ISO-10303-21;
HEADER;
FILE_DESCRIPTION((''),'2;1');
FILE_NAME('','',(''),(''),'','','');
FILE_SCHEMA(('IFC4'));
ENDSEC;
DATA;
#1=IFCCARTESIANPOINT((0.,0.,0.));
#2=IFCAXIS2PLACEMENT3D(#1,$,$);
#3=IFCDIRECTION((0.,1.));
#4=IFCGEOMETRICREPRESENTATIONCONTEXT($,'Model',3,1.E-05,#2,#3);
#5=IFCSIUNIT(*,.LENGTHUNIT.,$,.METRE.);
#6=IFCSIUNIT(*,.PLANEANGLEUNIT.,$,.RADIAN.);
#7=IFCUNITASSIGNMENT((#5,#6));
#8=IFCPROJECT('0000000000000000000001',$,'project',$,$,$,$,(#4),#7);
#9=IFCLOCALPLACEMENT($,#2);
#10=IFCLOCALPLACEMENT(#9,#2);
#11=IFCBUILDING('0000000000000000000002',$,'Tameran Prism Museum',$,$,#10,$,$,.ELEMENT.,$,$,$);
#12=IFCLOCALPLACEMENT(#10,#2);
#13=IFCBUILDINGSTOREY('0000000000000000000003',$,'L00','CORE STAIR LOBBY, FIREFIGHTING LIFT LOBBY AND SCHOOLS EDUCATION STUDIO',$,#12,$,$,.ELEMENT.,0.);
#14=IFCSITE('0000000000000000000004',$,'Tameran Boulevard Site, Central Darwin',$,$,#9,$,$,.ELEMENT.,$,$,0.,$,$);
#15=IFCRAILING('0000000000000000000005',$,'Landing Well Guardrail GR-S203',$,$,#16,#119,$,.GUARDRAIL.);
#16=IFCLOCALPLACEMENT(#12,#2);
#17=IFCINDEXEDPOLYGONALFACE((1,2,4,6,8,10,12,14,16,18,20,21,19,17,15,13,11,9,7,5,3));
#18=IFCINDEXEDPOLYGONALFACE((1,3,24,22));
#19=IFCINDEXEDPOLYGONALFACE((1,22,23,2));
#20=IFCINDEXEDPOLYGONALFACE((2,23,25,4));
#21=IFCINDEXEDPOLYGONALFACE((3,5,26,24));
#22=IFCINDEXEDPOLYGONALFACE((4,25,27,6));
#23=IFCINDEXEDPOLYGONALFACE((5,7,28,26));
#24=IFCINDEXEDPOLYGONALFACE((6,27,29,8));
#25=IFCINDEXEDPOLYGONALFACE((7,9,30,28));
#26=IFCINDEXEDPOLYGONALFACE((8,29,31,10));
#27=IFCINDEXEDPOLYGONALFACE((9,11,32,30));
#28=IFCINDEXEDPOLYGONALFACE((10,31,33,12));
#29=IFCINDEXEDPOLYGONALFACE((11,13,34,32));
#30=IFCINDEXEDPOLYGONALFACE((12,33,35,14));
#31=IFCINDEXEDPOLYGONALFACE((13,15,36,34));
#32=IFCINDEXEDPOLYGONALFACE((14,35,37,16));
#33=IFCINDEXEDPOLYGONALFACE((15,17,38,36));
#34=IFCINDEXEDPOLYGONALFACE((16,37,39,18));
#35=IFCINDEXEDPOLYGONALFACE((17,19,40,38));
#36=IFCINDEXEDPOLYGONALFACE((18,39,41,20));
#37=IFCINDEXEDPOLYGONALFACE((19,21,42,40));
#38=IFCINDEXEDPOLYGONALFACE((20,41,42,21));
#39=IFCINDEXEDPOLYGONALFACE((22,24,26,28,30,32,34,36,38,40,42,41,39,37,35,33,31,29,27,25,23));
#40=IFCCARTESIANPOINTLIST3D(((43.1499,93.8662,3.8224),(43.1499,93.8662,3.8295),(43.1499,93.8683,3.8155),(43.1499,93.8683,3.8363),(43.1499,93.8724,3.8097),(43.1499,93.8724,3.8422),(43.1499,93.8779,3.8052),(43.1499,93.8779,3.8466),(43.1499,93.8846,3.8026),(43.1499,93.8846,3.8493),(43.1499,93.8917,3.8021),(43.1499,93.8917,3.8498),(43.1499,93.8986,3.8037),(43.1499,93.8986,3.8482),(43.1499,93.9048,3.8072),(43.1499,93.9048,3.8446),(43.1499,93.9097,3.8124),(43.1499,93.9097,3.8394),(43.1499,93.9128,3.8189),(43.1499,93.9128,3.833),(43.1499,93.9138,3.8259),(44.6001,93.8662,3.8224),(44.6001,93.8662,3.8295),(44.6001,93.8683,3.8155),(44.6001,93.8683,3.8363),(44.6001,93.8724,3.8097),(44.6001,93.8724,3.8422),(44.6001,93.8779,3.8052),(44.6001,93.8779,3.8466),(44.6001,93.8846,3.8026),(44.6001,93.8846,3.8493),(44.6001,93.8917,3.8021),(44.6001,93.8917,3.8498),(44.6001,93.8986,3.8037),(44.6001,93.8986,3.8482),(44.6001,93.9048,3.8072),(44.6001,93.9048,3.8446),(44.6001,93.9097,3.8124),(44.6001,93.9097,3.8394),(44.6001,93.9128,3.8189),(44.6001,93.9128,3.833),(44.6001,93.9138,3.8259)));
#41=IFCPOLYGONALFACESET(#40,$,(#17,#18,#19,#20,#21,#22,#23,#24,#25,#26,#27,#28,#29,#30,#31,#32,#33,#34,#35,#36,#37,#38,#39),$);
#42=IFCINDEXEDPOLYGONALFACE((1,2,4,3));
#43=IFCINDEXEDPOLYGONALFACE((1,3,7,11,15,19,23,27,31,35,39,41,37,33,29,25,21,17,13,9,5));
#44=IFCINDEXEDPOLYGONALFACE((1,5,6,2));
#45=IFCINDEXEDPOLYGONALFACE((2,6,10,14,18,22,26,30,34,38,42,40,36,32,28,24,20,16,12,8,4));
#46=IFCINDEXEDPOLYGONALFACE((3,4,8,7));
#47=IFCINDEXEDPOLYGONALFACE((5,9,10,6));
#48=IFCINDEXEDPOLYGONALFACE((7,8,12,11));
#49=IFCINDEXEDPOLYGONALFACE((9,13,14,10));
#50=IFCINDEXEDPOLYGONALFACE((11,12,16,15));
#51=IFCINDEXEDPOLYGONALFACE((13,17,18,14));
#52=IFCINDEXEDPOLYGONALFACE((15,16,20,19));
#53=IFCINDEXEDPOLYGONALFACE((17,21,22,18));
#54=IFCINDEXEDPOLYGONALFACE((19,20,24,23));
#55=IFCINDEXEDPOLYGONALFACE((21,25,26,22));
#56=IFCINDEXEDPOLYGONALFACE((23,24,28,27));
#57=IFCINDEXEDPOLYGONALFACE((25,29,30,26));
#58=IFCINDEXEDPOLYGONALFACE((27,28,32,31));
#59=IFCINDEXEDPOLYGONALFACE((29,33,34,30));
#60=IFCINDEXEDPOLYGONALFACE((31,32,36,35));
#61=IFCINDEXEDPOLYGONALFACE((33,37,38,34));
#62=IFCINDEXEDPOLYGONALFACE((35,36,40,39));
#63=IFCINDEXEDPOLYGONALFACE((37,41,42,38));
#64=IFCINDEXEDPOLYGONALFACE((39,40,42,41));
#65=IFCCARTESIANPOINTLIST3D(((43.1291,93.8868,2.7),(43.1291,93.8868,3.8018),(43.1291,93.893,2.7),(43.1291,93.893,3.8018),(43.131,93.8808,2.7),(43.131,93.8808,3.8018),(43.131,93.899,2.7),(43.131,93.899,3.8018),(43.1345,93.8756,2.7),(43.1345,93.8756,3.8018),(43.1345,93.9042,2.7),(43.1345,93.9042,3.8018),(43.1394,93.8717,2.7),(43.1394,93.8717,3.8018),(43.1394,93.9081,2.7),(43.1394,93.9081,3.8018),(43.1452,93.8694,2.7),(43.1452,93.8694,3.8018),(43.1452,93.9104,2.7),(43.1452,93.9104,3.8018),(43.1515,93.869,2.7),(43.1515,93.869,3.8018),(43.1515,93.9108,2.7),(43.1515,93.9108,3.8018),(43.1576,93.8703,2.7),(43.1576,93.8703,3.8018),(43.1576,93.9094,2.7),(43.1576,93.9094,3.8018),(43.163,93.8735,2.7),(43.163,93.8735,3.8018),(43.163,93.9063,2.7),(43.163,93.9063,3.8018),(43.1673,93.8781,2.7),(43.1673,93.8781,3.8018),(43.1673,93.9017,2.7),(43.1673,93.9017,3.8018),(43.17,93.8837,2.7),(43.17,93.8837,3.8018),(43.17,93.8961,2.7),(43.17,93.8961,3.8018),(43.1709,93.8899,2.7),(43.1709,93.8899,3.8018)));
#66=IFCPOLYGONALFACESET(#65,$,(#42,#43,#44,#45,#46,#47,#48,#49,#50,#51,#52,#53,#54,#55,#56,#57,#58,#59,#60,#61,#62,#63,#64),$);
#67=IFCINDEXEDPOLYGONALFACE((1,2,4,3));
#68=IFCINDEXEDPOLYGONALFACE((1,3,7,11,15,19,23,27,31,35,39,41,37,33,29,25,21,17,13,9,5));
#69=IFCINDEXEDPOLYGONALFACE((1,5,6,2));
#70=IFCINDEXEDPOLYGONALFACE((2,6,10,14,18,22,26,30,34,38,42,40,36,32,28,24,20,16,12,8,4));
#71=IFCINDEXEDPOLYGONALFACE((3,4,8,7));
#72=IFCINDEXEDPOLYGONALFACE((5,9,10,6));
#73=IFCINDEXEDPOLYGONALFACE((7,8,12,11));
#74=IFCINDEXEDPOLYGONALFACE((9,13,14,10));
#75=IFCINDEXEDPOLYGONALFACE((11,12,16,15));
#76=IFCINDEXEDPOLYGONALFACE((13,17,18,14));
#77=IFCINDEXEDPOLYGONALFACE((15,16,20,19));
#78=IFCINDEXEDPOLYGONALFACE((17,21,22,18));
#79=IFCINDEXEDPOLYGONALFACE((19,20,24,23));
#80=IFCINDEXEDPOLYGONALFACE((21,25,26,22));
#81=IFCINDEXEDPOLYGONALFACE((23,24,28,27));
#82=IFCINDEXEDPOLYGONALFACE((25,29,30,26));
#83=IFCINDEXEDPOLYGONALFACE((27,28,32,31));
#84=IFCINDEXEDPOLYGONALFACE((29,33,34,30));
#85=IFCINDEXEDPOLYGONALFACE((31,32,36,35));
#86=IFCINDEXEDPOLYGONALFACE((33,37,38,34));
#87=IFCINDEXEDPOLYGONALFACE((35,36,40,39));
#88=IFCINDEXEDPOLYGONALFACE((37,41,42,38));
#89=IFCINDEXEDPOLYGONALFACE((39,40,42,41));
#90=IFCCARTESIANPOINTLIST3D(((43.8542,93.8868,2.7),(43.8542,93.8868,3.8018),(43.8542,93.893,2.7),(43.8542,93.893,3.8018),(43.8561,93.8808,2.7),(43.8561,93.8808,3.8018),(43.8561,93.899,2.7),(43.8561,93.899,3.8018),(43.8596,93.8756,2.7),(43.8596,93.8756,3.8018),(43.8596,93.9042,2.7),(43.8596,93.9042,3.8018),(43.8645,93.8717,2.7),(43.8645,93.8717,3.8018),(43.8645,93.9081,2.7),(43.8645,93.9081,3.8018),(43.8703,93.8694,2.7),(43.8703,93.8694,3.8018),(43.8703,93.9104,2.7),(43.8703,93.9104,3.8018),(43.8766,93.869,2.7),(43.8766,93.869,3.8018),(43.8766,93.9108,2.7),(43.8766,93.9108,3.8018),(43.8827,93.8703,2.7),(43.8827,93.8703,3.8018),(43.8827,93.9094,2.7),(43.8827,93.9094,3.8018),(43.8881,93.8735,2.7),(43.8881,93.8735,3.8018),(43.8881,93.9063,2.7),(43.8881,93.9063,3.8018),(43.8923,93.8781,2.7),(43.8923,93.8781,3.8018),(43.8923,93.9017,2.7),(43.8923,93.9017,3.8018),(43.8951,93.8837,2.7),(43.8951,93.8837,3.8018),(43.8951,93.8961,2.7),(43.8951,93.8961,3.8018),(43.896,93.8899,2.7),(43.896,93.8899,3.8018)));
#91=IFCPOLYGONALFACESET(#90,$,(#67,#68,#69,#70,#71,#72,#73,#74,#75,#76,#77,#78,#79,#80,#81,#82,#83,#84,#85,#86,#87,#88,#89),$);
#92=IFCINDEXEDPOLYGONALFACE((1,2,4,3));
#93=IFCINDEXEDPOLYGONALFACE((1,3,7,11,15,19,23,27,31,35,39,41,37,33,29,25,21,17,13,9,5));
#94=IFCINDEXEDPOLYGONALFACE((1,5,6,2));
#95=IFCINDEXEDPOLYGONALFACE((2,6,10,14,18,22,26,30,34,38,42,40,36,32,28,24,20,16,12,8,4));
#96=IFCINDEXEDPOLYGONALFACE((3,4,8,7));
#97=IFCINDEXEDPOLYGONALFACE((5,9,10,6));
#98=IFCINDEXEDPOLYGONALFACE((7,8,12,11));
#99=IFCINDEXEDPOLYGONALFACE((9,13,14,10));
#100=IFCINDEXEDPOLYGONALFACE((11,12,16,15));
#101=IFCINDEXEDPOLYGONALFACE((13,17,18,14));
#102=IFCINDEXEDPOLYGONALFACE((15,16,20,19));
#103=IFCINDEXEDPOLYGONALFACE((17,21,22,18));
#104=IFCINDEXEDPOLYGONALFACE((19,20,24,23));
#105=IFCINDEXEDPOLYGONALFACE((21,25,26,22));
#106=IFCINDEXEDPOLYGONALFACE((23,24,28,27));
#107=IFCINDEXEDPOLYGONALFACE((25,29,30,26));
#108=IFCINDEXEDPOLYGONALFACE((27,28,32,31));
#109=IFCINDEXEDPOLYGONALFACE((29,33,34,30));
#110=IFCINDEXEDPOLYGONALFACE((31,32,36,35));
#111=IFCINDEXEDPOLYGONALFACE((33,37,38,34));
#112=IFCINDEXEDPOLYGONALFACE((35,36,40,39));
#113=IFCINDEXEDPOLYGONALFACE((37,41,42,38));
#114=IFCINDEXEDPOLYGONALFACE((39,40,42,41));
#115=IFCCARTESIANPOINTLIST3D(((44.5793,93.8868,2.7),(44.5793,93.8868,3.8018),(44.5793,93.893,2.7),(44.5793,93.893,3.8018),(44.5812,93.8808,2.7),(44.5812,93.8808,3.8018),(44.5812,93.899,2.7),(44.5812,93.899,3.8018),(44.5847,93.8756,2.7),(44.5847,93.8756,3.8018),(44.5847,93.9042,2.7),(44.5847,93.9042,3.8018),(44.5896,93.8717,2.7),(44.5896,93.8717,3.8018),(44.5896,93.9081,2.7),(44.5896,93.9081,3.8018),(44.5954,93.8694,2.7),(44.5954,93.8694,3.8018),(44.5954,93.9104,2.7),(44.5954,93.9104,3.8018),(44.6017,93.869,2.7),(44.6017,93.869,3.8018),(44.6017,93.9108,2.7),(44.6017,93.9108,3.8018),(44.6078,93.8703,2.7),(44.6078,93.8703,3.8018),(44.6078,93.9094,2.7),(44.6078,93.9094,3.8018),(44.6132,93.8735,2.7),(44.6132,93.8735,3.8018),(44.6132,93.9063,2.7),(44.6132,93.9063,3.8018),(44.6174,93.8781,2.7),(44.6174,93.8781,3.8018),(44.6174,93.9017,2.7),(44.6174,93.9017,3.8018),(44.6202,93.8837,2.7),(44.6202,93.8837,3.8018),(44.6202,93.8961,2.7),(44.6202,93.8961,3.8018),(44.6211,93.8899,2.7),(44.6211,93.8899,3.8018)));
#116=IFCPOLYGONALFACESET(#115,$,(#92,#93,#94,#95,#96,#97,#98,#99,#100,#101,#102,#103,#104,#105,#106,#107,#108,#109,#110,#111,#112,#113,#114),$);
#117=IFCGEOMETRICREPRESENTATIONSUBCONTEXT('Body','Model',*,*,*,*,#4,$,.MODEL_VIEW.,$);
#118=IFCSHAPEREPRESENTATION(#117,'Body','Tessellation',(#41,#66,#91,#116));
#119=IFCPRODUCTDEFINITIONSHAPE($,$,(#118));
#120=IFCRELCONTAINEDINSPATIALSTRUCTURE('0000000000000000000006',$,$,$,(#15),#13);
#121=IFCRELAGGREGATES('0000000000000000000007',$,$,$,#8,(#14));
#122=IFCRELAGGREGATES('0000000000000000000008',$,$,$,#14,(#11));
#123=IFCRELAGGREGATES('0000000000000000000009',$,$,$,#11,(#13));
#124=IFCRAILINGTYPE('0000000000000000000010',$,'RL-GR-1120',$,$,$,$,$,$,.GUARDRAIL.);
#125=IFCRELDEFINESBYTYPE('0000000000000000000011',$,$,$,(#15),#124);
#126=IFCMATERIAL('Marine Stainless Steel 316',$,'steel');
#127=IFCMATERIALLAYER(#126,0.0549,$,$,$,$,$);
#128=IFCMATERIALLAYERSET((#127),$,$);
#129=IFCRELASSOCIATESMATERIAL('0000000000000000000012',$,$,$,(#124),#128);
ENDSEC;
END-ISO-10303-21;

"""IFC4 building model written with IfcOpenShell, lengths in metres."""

from ifc_helpers import new_model, si_unit, direction, frame, origin, origin_2d, place, context, subcontext, project, spatial, circle, extrude, material, layer, layer_set, type_object, element, save


model = new_model("IFC4")

# Units and contexts
model_context = context("Model", 3, precision=1e-05, world=origin(), true_north=direction((0.0, 1.0)))
body_context = subcontext(model_context, "Body", "Model", "MODEL_VIEW")
ifc_project = project(units=[si_unit("LENGTHUNIT", "METRE"), si_unit("PLANEANGLEUNIT", "RADIAN")], contexts=[model_context])

# Site, building, storey
site_placement = place(None, origin())
site = spatial("IfcSite", under=ifc_project, at=site_placement, Name="Tameran Boulevard Site, Central Darwin", CompositionType="ELEMENT", RefElevation=0.0)
building_placement = place(site_placement, origin())
building = spatial("IfcBuilding", under=site, at=building_placement, Name="Tameran Prism Museum", CompositionType="ELEMENT")
storey_placement = place(building_placement, origin())
storey = spatial("IfcBuildingStorey", under=building, at=storey_placement, Name="L00", Description="CORE STAIR LOBBY, FIREFIGHTING LIFT LOBBY AND SCHOOLS EDUCATION STUDIO", CompositionType="ELEMENT", Elevation=0.0)

# Railing
ifc_material_1 = material(Name="Marine Stainless Steel 316", Category="steel")
ifc_layer_1 = layer(ifc_material_1, 0.0549)
ifc_layer_set_1 = layer_set([ifc_layer_1])
railing_type_1 = type_object("IfcRailingType", Name="RL-GR-1120", PredefinedType="GUARDRAIL", material=ifc_layer_set_1)
railing_1_placement = place(storey_placement, frame((43.1499, 93.8899, 2.7)))
element("IfcRailing", 1, at=railing_1_placement, inside=storey, type_object=railing_type_1, Name="Landing Well Guardrail GR-S203", PredefinedType="GUARDRAIL", context=body_context, shape_type="SweptSolid", body=[
    extrude(circle(Radius=0.0239, at=origin_2d()), frame((0.0, 0.0, 1.126), z_axis=(1.0, 0.0, 0.0), x_axis=(0.0, 1.0, 0.0)), (0.0, 0.0, 1.0), 1.4502),
    extrude(circle(Radius=0.021, at=origin_2d()), origin(), (0.0, 0.0, 1.0), 1.1018),
    extrude(circle(Radius=0.021, at=origin_2d()), frame((0.7251, 0.0, 0.0)), (0.0, 0.0, 1.0), 1.1018),
    extrude(circle(Radius=0.021, at=origin_2d()), frame((1.4502, 0.0, 0.0)), (0.0, 0.0, 1.0), 1.1018),
])

save(model, "model.ifc")
